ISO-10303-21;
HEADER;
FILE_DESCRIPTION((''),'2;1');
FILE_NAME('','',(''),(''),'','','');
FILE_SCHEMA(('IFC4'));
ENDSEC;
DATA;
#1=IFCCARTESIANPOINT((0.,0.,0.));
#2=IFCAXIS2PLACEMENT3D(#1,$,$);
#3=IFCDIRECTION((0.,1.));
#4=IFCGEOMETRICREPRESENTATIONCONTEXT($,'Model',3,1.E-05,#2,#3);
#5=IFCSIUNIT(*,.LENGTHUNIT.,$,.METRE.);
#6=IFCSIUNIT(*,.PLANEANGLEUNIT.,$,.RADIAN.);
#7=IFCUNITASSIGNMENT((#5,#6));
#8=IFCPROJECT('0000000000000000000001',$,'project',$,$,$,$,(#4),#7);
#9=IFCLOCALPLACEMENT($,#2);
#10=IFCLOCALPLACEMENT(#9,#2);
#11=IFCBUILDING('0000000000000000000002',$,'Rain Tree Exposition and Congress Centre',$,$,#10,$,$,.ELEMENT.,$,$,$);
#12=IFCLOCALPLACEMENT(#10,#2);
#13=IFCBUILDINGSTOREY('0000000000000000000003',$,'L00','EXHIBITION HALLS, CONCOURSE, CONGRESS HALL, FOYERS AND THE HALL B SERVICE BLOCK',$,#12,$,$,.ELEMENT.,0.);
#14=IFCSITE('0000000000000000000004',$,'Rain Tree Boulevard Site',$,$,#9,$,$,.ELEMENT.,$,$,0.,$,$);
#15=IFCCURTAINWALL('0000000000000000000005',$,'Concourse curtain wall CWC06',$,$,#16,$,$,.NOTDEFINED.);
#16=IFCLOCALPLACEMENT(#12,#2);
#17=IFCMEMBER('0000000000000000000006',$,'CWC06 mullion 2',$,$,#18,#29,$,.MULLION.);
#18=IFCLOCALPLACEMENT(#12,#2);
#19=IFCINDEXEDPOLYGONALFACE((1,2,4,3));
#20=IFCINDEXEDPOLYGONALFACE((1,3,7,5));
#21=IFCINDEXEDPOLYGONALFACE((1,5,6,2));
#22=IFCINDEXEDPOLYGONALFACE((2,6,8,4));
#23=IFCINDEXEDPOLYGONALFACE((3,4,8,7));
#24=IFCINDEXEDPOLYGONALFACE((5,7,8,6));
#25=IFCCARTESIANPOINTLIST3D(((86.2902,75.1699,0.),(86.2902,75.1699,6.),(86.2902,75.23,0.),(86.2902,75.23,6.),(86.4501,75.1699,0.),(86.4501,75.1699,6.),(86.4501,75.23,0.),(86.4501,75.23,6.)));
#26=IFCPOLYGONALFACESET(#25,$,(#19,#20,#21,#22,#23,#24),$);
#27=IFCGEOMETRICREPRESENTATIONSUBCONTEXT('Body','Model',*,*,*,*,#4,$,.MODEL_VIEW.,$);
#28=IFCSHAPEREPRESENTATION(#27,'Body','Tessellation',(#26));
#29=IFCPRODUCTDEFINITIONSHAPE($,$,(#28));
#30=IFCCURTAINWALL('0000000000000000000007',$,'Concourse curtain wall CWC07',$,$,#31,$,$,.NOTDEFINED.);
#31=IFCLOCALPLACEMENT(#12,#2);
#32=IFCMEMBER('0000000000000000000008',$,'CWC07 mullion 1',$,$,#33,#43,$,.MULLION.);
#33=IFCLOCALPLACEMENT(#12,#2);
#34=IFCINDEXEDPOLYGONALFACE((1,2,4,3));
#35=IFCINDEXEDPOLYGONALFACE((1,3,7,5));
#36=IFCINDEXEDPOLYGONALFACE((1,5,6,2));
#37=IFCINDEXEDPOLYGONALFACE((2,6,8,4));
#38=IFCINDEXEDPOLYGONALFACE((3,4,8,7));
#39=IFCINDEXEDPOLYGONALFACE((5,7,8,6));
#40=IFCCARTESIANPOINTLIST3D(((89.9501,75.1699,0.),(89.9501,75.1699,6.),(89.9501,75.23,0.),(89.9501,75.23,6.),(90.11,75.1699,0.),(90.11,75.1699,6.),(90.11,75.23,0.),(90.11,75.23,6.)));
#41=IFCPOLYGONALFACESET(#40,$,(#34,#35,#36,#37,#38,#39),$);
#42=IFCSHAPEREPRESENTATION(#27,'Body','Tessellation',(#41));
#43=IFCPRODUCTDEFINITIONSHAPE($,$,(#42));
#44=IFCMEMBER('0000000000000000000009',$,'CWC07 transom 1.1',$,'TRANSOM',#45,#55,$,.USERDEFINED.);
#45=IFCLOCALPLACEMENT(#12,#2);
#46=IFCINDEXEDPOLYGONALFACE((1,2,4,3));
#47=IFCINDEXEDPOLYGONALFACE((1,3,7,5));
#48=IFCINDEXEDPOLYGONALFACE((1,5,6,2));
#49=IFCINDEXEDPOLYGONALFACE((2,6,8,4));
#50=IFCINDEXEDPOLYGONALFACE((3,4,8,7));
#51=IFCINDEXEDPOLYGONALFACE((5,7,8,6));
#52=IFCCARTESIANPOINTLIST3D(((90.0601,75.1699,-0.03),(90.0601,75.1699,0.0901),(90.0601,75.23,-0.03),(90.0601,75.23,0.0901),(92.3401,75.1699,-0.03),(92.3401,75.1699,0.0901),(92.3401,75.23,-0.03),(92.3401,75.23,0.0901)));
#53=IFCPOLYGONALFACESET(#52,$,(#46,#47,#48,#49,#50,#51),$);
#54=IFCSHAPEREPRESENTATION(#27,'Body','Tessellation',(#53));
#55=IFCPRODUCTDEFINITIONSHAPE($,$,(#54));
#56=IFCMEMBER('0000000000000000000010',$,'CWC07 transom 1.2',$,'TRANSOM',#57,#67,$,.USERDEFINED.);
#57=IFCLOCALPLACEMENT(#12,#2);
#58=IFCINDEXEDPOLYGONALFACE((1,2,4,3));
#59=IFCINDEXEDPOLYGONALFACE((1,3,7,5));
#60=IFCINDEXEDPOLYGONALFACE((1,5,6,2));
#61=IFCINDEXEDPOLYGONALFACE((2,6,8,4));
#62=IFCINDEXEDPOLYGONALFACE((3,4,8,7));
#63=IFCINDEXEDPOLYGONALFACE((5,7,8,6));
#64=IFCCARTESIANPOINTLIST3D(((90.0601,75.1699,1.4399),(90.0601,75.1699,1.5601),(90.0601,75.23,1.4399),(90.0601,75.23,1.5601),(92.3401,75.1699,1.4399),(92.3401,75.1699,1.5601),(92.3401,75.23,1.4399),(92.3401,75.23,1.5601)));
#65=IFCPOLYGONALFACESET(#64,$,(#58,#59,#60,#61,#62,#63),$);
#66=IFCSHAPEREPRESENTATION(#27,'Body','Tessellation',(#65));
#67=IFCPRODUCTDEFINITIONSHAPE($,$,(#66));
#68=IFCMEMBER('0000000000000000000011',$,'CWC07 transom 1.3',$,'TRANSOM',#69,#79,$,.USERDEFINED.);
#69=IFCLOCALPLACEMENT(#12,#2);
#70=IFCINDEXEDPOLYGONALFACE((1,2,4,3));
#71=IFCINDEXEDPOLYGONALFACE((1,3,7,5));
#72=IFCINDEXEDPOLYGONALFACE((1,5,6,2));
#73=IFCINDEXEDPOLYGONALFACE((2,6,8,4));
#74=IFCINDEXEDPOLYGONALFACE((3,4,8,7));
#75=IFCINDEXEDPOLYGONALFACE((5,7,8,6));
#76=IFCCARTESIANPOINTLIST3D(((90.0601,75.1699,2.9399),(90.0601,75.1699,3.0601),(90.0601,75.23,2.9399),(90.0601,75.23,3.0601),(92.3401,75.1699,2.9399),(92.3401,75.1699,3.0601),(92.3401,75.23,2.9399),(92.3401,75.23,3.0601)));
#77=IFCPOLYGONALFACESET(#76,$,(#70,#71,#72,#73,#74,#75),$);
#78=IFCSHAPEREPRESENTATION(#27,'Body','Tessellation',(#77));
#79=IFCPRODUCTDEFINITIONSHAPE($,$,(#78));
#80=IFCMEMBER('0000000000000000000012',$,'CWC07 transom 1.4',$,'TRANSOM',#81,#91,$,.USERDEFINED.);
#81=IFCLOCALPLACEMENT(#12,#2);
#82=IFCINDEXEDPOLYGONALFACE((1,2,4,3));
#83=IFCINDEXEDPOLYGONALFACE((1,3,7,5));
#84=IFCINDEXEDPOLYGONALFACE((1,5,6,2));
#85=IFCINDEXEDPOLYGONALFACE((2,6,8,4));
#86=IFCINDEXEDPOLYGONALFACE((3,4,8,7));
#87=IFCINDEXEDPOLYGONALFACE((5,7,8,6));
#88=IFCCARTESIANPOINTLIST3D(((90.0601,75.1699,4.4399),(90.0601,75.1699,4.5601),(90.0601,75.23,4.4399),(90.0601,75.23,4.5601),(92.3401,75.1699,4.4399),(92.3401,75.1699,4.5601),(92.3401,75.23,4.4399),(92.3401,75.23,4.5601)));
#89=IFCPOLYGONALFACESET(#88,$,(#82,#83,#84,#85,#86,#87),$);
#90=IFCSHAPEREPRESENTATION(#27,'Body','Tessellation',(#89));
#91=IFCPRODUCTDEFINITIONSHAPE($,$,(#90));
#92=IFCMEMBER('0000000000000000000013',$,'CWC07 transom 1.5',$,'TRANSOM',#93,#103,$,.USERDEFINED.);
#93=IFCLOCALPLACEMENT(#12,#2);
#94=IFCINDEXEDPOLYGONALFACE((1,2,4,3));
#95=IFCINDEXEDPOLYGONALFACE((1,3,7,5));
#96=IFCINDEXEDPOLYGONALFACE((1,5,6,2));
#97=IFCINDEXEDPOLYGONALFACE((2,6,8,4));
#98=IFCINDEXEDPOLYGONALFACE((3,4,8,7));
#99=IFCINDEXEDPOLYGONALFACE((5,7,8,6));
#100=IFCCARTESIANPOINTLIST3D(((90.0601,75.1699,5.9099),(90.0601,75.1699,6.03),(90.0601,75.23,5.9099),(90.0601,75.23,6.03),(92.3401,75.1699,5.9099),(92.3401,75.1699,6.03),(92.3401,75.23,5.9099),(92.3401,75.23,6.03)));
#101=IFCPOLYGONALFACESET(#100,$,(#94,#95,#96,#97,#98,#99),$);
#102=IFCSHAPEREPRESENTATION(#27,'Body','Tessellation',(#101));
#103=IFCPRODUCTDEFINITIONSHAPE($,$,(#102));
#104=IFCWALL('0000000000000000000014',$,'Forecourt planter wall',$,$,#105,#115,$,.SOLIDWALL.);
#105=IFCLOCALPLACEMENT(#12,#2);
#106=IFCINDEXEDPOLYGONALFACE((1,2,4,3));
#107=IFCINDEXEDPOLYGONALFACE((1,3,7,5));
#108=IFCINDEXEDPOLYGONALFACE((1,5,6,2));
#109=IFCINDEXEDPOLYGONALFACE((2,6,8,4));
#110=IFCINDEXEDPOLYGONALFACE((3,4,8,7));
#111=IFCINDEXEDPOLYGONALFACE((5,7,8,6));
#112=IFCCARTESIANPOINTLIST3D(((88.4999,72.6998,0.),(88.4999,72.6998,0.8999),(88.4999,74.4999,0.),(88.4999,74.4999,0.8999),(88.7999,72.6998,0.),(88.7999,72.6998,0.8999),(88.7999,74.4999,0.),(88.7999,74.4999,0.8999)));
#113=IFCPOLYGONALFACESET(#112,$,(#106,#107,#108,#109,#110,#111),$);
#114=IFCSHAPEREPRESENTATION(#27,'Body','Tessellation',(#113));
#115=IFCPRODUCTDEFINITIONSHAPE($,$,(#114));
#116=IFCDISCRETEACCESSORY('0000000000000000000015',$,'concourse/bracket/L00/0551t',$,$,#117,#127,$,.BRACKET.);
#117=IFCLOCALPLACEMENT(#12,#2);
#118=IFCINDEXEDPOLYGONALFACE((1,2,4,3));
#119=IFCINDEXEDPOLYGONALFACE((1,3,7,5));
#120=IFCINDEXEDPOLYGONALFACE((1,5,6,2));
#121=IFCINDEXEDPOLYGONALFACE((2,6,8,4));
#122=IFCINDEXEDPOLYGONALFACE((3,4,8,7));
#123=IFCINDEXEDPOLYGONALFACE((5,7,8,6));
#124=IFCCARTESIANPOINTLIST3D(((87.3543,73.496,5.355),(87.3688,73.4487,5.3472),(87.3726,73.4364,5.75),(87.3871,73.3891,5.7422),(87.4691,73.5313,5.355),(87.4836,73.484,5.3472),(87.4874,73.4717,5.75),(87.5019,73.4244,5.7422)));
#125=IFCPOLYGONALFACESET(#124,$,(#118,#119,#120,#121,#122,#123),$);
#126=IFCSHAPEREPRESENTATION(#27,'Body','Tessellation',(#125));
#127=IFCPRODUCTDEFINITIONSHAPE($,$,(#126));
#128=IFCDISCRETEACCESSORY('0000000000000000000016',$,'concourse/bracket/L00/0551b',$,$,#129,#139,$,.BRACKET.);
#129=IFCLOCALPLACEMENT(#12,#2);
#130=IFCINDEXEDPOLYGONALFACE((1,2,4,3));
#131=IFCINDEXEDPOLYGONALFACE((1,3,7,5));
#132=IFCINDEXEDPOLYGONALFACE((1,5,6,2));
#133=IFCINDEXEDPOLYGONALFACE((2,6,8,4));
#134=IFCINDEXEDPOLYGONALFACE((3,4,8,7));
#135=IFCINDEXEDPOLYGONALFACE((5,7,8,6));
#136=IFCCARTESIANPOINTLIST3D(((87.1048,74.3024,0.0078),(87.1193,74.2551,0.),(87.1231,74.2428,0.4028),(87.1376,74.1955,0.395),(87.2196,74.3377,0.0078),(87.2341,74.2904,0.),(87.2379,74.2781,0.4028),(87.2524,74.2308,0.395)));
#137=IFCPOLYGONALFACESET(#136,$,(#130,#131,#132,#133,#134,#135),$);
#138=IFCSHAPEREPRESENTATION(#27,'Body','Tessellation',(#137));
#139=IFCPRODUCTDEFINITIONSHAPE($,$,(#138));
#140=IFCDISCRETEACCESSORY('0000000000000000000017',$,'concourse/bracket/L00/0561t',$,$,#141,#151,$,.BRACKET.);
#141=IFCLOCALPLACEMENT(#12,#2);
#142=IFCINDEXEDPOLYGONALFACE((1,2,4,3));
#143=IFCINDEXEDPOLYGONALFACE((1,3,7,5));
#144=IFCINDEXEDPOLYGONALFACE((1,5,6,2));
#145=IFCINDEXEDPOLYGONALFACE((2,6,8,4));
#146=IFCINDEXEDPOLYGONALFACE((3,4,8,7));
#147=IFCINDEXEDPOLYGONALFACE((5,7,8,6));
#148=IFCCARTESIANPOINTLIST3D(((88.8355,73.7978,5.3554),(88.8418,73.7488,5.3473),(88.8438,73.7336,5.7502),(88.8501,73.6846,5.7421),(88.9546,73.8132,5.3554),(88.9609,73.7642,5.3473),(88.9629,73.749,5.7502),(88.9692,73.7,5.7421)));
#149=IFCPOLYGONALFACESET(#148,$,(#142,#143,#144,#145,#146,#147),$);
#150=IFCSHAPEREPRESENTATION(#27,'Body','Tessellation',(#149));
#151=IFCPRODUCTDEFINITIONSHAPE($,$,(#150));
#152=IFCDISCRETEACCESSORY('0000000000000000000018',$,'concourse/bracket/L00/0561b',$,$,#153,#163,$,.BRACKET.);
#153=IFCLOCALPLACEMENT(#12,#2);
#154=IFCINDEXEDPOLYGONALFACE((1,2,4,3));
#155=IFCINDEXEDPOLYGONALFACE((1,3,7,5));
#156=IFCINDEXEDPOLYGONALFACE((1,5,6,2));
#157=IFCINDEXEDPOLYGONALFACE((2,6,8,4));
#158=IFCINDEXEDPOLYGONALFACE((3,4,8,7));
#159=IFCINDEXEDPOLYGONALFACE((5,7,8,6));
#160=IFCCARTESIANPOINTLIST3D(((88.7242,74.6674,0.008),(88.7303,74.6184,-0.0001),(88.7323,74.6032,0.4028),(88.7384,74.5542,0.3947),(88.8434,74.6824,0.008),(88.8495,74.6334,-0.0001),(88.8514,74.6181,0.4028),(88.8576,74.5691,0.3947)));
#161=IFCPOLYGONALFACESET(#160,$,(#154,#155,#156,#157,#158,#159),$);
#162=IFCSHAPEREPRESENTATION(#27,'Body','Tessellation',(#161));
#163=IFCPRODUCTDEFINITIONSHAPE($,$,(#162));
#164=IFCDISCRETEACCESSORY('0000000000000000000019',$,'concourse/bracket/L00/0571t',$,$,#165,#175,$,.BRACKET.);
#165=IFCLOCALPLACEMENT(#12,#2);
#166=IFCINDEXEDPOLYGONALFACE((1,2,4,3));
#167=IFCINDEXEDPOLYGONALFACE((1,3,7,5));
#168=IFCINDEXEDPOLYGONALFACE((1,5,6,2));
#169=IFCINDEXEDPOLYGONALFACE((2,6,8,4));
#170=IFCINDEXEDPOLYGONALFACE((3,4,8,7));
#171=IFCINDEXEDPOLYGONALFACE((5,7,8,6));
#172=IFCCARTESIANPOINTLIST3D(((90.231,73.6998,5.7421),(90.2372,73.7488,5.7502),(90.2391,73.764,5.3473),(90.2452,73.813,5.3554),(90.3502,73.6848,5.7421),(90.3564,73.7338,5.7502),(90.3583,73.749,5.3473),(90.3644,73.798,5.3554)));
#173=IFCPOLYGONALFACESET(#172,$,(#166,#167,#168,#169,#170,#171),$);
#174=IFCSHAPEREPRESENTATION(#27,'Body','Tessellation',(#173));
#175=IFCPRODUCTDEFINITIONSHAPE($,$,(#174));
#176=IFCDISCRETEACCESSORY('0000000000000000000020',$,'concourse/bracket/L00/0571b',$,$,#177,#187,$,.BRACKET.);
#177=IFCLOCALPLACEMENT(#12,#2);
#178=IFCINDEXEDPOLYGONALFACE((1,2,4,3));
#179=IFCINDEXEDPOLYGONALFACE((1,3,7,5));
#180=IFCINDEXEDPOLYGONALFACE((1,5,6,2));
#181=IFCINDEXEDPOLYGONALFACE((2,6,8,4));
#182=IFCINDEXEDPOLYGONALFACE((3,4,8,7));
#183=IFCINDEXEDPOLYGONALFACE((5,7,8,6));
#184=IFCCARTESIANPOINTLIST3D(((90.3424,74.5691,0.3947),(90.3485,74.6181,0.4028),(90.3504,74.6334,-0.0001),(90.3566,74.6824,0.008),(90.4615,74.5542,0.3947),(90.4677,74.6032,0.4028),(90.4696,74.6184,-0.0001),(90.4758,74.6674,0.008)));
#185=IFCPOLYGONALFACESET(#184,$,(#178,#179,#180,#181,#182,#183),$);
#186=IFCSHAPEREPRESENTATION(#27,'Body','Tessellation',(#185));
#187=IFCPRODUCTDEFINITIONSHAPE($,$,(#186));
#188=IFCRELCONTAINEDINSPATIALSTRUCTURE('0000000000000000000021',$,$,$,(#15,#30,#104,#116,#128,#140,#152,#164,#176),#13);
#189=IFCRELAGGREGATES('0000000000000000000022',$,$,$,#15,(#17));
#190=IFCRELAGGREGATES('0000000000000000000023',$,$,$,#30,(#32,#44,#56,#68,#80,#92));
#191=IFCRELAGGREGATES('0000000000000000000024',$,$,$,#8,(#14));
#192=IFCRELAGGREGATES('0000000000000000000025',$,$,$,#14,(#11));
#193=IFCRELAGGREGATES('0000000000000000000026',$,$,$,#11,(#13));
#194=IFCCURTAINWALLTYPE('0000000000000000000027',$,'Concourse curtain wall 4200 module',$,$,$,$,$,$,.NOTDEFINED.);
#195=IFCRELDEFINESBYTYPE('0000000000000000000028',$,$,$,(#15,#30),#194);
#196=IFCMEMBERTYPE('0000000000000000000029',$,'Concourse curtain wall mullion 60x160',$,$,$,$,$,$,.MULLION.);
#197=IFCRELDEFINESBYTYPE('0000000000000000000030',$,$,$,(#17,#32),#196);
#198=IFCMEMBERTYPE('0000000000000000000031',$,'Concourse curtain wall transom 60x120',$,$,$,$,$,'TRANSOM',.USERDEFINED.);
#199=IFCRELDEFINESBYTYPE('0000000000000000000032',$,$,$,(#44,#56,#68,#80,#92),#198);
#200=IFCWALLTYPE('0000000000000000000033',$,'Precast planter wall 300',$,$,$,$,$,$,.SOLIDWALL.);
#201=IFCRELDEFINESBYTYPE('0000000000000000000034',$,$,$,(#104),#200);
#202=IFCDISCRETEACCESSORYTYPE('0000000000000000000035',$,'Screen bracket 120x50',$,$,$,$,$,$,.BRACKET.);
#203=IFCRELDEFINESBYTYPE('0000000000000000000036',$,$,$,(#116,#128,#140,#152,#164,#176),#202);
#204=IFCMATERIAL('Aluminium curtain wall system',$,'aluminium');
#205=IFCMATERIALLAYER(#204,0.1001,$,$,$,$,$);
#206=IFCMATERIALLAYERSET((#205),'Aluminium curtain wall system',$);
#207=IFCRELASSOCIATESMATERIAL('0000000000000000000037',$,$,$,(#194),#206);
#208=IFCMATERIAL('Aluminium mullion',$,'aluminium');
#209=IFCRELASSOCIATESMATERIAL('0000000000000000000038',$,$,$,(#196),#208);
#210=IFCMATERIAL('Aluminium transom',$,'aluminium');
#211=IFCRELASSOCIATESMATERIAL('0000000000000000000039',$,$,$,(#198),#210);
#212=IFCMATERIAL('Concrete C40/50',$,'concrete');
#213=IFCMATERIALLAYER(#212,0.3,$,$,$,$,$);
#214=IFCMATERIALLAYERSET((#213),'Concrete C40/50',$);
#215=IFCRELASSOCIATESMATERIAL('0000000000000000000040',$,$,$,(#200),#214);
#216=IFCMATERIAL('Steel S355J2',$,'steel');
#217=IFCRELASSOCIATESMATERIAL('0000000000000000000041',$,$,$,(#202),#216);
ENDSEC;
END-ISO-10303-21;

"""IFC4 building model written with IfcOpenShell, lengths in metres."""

from ifc_helpers import new_model, si_unit, direction, frame, frame_2d, origin, origin_2d, place, context, subcontext, project, spatial, rectangle, extrude, material, layer, layer_set, material_profile, profile_set, type_object, element, aggregate, save


model = new_model("IFC4")

# Units and contexts
model_context = context("Model", 3, precision=1e-05, world=origin(), true_north=direction((0.0, 1.0)))
body_context = subcontext(model_context, "Body", "Model", "MODEL_VIEW")
ifc_project = project(units=[si_unit("LENGTHUNIT", "METRE"), si_unit("PLANEANGLEUNIT", "RADIAN")], contexts=[model_context])

# Site, building, storey
site_placement = place(None, origin())
site = spatial("IfcSite", under=ifc_project, at=site_placement, Name="Rain Tree Boulevard Site", CompositionType="ELEMENT", RefElevation=0.0)
building_placement = place(site_placement, origin())
building = spatial("IfcBuilding", under=site, at=building_placement, Name="Rain Tree Exposition and Congress Centre", CompositionType="ELEMENT")
storey_placement = place(building_placement, origin())
storey = spatial("IfcBuildingStorey", under=building, at=storey_placement, Name="L00", Description="EXHIBITION HALLS, CONCOURSE, CONGRESS HALL, FOYERS AND THE HALL B SERVICE BLOCK", CompositionType="ELEMENT", Elevation=0.0)

# Curtain wall, member
ifc_material_1 = material(Name="Aluminium curtain wall system", Category="aluminium")
ifc_layer_1 = layer(ifc_material_1, 0.1001)
ifc_layer_set_1 = layer_set([ifc_layer_1], Name="Aluminium curtain wall system")
curtain_wall_type = type_object("IfcCurtainWallType", Name="Concourse curtain wall 4200 module", PredefinedType="NOTDEFINED", material=ifc_layer_set_1)
curtain_wall_1_placement = place(storey_placement, origin())
curtain_wall_1 = element("IfcCurtainWall", 1, at=curtain_wall_1_placement, inside=storey, type_object=curtain_wall_type, Name="Concourse curtain wall CWC06", PredefinedType="NOTDEFINED")
ifc_material_2 = material(Name="Aluminium mullion", Category="aluminium")
ifc_material_profile_1 = material_profile(ifc_material_2, rectangle(XDim=0.0601, YDim=0.1599, at=origin_2d()), Name="AL 60x160")
ifc_profile_set_1 = profile_set([ifc_material_profile_1], Name="Aluminium mullion")
member_type_1 = type_object("IfcMemberType", Name="Concourse curtain wall mullion 60x160", PredefinedType="MULLION", material=ifc_profile_set_1)
member_1_placement = place(storey_placement, frame((86.3701, 75.2, 0.0), z_axis=(0.0, 0.0, 1.0), x_axis=(0.0, 1.0, 0.0)))
member_1 = element("IfcMember", 2, at=member_1_placement, type_object=member_type_1, Name="CWC06 mullion 2", PredefinedType="MULLION", context=body_context, shape_type="SweptSolid", body=[
    extrude(rectangle(XDim=0.0601, YDim=0.1599, at=origin_2d()), origin(), (0.0, 0.0, 1.0), 6.0),
])
aggregate(curtain_wall_1, [member_1])

# Curtain wall, members
curtain_wall_2_placement = place(storey_placement, origin())
curtain_wall_2 = element("IfcCurtainWall", 3, at=curtain_wall_2_placement, inside=storey, type_object=curtain_wall_type, Name="Concourse curtain wall CWC07", PredefinedType="NOTDEFINED")
member_2_placement = place(storey_placement, frame((90.03, 75.2, 0.0), z_axis=(0.0, 0.0, 1.0), x_axis=(0.0, 1.0, 0.0)))
member_2 = element("IfcMember", 4, at=member_2_placement, type_object=member_type_1, Name="CWC07 mullion 1", PredefinedType="MULLION", context=body_context, shape_type="SweptSolid", body=[
    extrude(rectangle(XDim=0.0601, YDim=0.1599, at=origin_2d()), origin(), (0.0, 0.0, 1.0), 6.0),
])
ifc_material_3 = material(Name="Aluminium transom", Category="aluminium")
ifc_material_profile_2 = material_profile(ifc_material_3, rectangle(XDim=0.0601, YDim=0.1201, at=origin_2d()), Name="AL 60x120")
ifc_profile_set_2 = profile_set([ifc_material_profile_2], Name="Aluminium transom")
member_type_2 = type_object("IfcMemberType", Name="Concourse curtain wall transom 60x120", ElementType="TRANSOM", PredefinedType="USERDEFINED", material=ifc_profile_set_2)
member_3_placement = place(storey_placement, frame((90.0601, 75.2, 0.03), z_axis=(1.0, 0.0, 0.0), x_axis=(0.0, 1.0, 0.0)))
member_3 = element("IfcMember", 5, at=member_3_placement, type_object=member_type_2, Name="CWC07 transom 1.1", ObjectType="TRANSOM", PredefinedType="USERDEFINED", context=body_context, shape_type="SweptSolid", body=[
    extrude(rectangle(XDim=0.0601, YDim=0.1201, at=origin_2d()), origin(), (0.0, 0.0, 1.0), 2.28),
])
member_4_placement = place(storey_placement, frame((90.0601, 75.2, 1.5), z_axis=(1.0, 0.0, 0.0), x_axis=(0.0, 1.0, 0.0)))
member_4 = element("IfcMember", 6, at=member_4_placement, type_object=member_type_2, Name="CWC07 transom 1.2", ObjectType="TRANSOM", PredefinedType="USERDEFINED", context=body_context, shape_type="SweptSolid", body=[
    extrude(rectangle(XDim=0.0601, YDim=0.1201, at=origin_2d()), origin(), (0.0, 0.0, 1.0), 2.28),
])
member_5_placement = place(storey_placement, frame((90.0601, 75.2, 3.0), z_axis=(1.0, 0.0, 0.0), x_axis=(0.0, 1.0, 0.0)))
member_5 = element("IfcMember", 7, at=member_5_placement, type_object=member_type_2, Name="CWC07 transom 1.3", ObjectType="TRANSOM", PredefinedType="USERDEFINED", context=body_context, shape_type="SweptSolid", body=[
    extrude(rectangle(XDim=0.0601, YDim=0.1201, at=origin_2d()), origin(), (0.0, 0.0, 1.0), 2.28),
])
member_6_placement = place(storey_placement, frame((90.0601, 75.2, 4.5), z_axis=(1.0, 0.0, 0.0), x_axis=(0.0, 1.0, 0.0)))
member_6 = element("IfcMember", 8, at=member_6_placement, type_object=member_type_2, Name="CWC07 transom 1.4", ObjectType="TRANSOM", PredefinedType="USERDEFINED", context=body_context, shape_type="SweptSolid", body=[
    extrude(rectangle(XDim=0.0601, YDim=0.1201, at=origin_2d()), origin(), (0.0, 0.0, 1.0), 2.28),
])
member_7_placement = place(storey_placement, frame((90.0601, 75.2, 5.97), z_axis=(1.0, 0.0, 0.0), x_axis=(0.0, 1.0, 0.0)))
member_7 = element("IfcMember", 9, at=member_7_placement, type_object=member_type_2, Name="CWC07 transom 1.5", ObjectType="TRANSOM", PredefinedType="USERDEFINED", context=body_context, shape_type="SweptSolid", body=[
    extrude(rectangle(XDim=0.0601, YDim=0.1201, at=origin_2d()), origin(), (0.0, 0.0, 1.0), 2.28),
])
aggregate(curtain_wall_2, [member_2, member_3, member_4, member_5, member_6, member_7])

# Wall
ifc_material_4 = material(Name="Concrete C40/50", Category="concrete")
ifc_layer_2 = layer(ifc_material_4, 0.3)
ifc_layer_set_2 = layer_set([ifc_layer_2], Name="Concrete C40/50")
wall_type_1 = type_object("IfcWallType", Name="Precast planter wall 300", PredefinedType="SOLIDWALL", material=ifc_layer_set_2)
wall_1_placement = place(storey_placement, frame((88.6499, 72.7, 0.0), z_axis=(0.0, 0.0, 1.0), x_axis=(0.0, 1.0, 0.0)))
element("IfcWall", 10, at=wall_1_placement, inside=storey, type_object=wall_type_1, Name="Forecourt planter wall", PredefinedType="SOLIDWALL", context=body_context, shape_type="SweptSolid", body=[
    extrude(rectangle(XDim=1.8, YDim=0.3, at=frame_2d((0.8999, 0.0))), origin(), (0.0, 0.0, 1.0), 0.8999),
])

# Discrete accessories
ifc_material_5 = material(Name="Steel S355J2", Category="steel")
ifc_material_profile_3 = material_profile(ifc_material_5, rectangle(XDim=0.1201, YDim=0.05, at=origin_2d()), Name="Flat bar 120x50")
ifc_profile_set_3 = profile_set([ifc_material_profile_3], Name="Steel S355J2")
discrete_accessory_type = type_object("IfcDiscreteAccessoryType", Name="Screen bracket 120x50", PredefinedType="BRACKET", material=ifc_profile_set_3)
for number, where, z_axis, x_axis, name in (
    (11, (87.4189, 73.49, 5.3511), (0.045787, -0.148961, 0.987782), (0.955864, 0.293811, 0.0), "concourse/bracket/L00/0551t"),
    (12, (87.1694, 74.2964, 0.0039), (0.045787, -0.148961, 0.987782), (0.955864, 0.293811, 0.0), "concourse/bracket/L00/0551b"),
):
    element("IfcDiscreteAccessory", number, at=place(storey_placement, frame(where, z_axis=z_axis, x_axis=x_axis)), inside=storey, type_object=discrete_accessory_type, Name=name, PredefinedType="BRACKET", context=body_context, shape_type="SweptSolid", body=[
        extrude(rectangle(XDim=0.1201, YDim=0.05, at=origin_2d()), origin(), (0.0, 0.0, 1.0), 0.3999),
    ])
for number, where, z_axis, x_axis, name in (
    (13, (88.8982, 73.781, 5.3513), (0.020749, -0.160503, 0.986817), (0.991747, 0.128211, 0.0), "concourse/bracket/L00/0561t"),
    (14, (88.7869, 74.6504, 0.0039), (0.020139, -0.160505, 0.98683), (0.99222, 0.124499, 0.0), "concourse/bracket/L00/0561b"),
    (15, (90.3018, 73.781, 5.3513), (-0.020139, -0.160505, 0.98683), (0.99222, -0.124499, 0.0), "concourse/bracket/L00/0571t"),
    (16, (90.4131, 74.6504, 0.0039), (-0.020139, -0.160505, 0.98683), (0.99222, -0.124499, 0.0), "concourse/bracket/L00/0571b"),
):
    element("IfcDiscreteAccessory", number, at=place(storey_placement, frame(where, z_axis=z_axis, x_axis=x_axis)), inside=storey, type_object=discrete_accessory_type, Name=name, PredefinedType="BRACKET", context=body_context, shape_type="SweptSolid", body=[
        extrude(rectangle(XDim=0.1201, YDim=0.05, at=origin_2d()), origin(), (0.0, 0.0, 1.0), 0.4001),
    ])

save(model, "model.ifc")
